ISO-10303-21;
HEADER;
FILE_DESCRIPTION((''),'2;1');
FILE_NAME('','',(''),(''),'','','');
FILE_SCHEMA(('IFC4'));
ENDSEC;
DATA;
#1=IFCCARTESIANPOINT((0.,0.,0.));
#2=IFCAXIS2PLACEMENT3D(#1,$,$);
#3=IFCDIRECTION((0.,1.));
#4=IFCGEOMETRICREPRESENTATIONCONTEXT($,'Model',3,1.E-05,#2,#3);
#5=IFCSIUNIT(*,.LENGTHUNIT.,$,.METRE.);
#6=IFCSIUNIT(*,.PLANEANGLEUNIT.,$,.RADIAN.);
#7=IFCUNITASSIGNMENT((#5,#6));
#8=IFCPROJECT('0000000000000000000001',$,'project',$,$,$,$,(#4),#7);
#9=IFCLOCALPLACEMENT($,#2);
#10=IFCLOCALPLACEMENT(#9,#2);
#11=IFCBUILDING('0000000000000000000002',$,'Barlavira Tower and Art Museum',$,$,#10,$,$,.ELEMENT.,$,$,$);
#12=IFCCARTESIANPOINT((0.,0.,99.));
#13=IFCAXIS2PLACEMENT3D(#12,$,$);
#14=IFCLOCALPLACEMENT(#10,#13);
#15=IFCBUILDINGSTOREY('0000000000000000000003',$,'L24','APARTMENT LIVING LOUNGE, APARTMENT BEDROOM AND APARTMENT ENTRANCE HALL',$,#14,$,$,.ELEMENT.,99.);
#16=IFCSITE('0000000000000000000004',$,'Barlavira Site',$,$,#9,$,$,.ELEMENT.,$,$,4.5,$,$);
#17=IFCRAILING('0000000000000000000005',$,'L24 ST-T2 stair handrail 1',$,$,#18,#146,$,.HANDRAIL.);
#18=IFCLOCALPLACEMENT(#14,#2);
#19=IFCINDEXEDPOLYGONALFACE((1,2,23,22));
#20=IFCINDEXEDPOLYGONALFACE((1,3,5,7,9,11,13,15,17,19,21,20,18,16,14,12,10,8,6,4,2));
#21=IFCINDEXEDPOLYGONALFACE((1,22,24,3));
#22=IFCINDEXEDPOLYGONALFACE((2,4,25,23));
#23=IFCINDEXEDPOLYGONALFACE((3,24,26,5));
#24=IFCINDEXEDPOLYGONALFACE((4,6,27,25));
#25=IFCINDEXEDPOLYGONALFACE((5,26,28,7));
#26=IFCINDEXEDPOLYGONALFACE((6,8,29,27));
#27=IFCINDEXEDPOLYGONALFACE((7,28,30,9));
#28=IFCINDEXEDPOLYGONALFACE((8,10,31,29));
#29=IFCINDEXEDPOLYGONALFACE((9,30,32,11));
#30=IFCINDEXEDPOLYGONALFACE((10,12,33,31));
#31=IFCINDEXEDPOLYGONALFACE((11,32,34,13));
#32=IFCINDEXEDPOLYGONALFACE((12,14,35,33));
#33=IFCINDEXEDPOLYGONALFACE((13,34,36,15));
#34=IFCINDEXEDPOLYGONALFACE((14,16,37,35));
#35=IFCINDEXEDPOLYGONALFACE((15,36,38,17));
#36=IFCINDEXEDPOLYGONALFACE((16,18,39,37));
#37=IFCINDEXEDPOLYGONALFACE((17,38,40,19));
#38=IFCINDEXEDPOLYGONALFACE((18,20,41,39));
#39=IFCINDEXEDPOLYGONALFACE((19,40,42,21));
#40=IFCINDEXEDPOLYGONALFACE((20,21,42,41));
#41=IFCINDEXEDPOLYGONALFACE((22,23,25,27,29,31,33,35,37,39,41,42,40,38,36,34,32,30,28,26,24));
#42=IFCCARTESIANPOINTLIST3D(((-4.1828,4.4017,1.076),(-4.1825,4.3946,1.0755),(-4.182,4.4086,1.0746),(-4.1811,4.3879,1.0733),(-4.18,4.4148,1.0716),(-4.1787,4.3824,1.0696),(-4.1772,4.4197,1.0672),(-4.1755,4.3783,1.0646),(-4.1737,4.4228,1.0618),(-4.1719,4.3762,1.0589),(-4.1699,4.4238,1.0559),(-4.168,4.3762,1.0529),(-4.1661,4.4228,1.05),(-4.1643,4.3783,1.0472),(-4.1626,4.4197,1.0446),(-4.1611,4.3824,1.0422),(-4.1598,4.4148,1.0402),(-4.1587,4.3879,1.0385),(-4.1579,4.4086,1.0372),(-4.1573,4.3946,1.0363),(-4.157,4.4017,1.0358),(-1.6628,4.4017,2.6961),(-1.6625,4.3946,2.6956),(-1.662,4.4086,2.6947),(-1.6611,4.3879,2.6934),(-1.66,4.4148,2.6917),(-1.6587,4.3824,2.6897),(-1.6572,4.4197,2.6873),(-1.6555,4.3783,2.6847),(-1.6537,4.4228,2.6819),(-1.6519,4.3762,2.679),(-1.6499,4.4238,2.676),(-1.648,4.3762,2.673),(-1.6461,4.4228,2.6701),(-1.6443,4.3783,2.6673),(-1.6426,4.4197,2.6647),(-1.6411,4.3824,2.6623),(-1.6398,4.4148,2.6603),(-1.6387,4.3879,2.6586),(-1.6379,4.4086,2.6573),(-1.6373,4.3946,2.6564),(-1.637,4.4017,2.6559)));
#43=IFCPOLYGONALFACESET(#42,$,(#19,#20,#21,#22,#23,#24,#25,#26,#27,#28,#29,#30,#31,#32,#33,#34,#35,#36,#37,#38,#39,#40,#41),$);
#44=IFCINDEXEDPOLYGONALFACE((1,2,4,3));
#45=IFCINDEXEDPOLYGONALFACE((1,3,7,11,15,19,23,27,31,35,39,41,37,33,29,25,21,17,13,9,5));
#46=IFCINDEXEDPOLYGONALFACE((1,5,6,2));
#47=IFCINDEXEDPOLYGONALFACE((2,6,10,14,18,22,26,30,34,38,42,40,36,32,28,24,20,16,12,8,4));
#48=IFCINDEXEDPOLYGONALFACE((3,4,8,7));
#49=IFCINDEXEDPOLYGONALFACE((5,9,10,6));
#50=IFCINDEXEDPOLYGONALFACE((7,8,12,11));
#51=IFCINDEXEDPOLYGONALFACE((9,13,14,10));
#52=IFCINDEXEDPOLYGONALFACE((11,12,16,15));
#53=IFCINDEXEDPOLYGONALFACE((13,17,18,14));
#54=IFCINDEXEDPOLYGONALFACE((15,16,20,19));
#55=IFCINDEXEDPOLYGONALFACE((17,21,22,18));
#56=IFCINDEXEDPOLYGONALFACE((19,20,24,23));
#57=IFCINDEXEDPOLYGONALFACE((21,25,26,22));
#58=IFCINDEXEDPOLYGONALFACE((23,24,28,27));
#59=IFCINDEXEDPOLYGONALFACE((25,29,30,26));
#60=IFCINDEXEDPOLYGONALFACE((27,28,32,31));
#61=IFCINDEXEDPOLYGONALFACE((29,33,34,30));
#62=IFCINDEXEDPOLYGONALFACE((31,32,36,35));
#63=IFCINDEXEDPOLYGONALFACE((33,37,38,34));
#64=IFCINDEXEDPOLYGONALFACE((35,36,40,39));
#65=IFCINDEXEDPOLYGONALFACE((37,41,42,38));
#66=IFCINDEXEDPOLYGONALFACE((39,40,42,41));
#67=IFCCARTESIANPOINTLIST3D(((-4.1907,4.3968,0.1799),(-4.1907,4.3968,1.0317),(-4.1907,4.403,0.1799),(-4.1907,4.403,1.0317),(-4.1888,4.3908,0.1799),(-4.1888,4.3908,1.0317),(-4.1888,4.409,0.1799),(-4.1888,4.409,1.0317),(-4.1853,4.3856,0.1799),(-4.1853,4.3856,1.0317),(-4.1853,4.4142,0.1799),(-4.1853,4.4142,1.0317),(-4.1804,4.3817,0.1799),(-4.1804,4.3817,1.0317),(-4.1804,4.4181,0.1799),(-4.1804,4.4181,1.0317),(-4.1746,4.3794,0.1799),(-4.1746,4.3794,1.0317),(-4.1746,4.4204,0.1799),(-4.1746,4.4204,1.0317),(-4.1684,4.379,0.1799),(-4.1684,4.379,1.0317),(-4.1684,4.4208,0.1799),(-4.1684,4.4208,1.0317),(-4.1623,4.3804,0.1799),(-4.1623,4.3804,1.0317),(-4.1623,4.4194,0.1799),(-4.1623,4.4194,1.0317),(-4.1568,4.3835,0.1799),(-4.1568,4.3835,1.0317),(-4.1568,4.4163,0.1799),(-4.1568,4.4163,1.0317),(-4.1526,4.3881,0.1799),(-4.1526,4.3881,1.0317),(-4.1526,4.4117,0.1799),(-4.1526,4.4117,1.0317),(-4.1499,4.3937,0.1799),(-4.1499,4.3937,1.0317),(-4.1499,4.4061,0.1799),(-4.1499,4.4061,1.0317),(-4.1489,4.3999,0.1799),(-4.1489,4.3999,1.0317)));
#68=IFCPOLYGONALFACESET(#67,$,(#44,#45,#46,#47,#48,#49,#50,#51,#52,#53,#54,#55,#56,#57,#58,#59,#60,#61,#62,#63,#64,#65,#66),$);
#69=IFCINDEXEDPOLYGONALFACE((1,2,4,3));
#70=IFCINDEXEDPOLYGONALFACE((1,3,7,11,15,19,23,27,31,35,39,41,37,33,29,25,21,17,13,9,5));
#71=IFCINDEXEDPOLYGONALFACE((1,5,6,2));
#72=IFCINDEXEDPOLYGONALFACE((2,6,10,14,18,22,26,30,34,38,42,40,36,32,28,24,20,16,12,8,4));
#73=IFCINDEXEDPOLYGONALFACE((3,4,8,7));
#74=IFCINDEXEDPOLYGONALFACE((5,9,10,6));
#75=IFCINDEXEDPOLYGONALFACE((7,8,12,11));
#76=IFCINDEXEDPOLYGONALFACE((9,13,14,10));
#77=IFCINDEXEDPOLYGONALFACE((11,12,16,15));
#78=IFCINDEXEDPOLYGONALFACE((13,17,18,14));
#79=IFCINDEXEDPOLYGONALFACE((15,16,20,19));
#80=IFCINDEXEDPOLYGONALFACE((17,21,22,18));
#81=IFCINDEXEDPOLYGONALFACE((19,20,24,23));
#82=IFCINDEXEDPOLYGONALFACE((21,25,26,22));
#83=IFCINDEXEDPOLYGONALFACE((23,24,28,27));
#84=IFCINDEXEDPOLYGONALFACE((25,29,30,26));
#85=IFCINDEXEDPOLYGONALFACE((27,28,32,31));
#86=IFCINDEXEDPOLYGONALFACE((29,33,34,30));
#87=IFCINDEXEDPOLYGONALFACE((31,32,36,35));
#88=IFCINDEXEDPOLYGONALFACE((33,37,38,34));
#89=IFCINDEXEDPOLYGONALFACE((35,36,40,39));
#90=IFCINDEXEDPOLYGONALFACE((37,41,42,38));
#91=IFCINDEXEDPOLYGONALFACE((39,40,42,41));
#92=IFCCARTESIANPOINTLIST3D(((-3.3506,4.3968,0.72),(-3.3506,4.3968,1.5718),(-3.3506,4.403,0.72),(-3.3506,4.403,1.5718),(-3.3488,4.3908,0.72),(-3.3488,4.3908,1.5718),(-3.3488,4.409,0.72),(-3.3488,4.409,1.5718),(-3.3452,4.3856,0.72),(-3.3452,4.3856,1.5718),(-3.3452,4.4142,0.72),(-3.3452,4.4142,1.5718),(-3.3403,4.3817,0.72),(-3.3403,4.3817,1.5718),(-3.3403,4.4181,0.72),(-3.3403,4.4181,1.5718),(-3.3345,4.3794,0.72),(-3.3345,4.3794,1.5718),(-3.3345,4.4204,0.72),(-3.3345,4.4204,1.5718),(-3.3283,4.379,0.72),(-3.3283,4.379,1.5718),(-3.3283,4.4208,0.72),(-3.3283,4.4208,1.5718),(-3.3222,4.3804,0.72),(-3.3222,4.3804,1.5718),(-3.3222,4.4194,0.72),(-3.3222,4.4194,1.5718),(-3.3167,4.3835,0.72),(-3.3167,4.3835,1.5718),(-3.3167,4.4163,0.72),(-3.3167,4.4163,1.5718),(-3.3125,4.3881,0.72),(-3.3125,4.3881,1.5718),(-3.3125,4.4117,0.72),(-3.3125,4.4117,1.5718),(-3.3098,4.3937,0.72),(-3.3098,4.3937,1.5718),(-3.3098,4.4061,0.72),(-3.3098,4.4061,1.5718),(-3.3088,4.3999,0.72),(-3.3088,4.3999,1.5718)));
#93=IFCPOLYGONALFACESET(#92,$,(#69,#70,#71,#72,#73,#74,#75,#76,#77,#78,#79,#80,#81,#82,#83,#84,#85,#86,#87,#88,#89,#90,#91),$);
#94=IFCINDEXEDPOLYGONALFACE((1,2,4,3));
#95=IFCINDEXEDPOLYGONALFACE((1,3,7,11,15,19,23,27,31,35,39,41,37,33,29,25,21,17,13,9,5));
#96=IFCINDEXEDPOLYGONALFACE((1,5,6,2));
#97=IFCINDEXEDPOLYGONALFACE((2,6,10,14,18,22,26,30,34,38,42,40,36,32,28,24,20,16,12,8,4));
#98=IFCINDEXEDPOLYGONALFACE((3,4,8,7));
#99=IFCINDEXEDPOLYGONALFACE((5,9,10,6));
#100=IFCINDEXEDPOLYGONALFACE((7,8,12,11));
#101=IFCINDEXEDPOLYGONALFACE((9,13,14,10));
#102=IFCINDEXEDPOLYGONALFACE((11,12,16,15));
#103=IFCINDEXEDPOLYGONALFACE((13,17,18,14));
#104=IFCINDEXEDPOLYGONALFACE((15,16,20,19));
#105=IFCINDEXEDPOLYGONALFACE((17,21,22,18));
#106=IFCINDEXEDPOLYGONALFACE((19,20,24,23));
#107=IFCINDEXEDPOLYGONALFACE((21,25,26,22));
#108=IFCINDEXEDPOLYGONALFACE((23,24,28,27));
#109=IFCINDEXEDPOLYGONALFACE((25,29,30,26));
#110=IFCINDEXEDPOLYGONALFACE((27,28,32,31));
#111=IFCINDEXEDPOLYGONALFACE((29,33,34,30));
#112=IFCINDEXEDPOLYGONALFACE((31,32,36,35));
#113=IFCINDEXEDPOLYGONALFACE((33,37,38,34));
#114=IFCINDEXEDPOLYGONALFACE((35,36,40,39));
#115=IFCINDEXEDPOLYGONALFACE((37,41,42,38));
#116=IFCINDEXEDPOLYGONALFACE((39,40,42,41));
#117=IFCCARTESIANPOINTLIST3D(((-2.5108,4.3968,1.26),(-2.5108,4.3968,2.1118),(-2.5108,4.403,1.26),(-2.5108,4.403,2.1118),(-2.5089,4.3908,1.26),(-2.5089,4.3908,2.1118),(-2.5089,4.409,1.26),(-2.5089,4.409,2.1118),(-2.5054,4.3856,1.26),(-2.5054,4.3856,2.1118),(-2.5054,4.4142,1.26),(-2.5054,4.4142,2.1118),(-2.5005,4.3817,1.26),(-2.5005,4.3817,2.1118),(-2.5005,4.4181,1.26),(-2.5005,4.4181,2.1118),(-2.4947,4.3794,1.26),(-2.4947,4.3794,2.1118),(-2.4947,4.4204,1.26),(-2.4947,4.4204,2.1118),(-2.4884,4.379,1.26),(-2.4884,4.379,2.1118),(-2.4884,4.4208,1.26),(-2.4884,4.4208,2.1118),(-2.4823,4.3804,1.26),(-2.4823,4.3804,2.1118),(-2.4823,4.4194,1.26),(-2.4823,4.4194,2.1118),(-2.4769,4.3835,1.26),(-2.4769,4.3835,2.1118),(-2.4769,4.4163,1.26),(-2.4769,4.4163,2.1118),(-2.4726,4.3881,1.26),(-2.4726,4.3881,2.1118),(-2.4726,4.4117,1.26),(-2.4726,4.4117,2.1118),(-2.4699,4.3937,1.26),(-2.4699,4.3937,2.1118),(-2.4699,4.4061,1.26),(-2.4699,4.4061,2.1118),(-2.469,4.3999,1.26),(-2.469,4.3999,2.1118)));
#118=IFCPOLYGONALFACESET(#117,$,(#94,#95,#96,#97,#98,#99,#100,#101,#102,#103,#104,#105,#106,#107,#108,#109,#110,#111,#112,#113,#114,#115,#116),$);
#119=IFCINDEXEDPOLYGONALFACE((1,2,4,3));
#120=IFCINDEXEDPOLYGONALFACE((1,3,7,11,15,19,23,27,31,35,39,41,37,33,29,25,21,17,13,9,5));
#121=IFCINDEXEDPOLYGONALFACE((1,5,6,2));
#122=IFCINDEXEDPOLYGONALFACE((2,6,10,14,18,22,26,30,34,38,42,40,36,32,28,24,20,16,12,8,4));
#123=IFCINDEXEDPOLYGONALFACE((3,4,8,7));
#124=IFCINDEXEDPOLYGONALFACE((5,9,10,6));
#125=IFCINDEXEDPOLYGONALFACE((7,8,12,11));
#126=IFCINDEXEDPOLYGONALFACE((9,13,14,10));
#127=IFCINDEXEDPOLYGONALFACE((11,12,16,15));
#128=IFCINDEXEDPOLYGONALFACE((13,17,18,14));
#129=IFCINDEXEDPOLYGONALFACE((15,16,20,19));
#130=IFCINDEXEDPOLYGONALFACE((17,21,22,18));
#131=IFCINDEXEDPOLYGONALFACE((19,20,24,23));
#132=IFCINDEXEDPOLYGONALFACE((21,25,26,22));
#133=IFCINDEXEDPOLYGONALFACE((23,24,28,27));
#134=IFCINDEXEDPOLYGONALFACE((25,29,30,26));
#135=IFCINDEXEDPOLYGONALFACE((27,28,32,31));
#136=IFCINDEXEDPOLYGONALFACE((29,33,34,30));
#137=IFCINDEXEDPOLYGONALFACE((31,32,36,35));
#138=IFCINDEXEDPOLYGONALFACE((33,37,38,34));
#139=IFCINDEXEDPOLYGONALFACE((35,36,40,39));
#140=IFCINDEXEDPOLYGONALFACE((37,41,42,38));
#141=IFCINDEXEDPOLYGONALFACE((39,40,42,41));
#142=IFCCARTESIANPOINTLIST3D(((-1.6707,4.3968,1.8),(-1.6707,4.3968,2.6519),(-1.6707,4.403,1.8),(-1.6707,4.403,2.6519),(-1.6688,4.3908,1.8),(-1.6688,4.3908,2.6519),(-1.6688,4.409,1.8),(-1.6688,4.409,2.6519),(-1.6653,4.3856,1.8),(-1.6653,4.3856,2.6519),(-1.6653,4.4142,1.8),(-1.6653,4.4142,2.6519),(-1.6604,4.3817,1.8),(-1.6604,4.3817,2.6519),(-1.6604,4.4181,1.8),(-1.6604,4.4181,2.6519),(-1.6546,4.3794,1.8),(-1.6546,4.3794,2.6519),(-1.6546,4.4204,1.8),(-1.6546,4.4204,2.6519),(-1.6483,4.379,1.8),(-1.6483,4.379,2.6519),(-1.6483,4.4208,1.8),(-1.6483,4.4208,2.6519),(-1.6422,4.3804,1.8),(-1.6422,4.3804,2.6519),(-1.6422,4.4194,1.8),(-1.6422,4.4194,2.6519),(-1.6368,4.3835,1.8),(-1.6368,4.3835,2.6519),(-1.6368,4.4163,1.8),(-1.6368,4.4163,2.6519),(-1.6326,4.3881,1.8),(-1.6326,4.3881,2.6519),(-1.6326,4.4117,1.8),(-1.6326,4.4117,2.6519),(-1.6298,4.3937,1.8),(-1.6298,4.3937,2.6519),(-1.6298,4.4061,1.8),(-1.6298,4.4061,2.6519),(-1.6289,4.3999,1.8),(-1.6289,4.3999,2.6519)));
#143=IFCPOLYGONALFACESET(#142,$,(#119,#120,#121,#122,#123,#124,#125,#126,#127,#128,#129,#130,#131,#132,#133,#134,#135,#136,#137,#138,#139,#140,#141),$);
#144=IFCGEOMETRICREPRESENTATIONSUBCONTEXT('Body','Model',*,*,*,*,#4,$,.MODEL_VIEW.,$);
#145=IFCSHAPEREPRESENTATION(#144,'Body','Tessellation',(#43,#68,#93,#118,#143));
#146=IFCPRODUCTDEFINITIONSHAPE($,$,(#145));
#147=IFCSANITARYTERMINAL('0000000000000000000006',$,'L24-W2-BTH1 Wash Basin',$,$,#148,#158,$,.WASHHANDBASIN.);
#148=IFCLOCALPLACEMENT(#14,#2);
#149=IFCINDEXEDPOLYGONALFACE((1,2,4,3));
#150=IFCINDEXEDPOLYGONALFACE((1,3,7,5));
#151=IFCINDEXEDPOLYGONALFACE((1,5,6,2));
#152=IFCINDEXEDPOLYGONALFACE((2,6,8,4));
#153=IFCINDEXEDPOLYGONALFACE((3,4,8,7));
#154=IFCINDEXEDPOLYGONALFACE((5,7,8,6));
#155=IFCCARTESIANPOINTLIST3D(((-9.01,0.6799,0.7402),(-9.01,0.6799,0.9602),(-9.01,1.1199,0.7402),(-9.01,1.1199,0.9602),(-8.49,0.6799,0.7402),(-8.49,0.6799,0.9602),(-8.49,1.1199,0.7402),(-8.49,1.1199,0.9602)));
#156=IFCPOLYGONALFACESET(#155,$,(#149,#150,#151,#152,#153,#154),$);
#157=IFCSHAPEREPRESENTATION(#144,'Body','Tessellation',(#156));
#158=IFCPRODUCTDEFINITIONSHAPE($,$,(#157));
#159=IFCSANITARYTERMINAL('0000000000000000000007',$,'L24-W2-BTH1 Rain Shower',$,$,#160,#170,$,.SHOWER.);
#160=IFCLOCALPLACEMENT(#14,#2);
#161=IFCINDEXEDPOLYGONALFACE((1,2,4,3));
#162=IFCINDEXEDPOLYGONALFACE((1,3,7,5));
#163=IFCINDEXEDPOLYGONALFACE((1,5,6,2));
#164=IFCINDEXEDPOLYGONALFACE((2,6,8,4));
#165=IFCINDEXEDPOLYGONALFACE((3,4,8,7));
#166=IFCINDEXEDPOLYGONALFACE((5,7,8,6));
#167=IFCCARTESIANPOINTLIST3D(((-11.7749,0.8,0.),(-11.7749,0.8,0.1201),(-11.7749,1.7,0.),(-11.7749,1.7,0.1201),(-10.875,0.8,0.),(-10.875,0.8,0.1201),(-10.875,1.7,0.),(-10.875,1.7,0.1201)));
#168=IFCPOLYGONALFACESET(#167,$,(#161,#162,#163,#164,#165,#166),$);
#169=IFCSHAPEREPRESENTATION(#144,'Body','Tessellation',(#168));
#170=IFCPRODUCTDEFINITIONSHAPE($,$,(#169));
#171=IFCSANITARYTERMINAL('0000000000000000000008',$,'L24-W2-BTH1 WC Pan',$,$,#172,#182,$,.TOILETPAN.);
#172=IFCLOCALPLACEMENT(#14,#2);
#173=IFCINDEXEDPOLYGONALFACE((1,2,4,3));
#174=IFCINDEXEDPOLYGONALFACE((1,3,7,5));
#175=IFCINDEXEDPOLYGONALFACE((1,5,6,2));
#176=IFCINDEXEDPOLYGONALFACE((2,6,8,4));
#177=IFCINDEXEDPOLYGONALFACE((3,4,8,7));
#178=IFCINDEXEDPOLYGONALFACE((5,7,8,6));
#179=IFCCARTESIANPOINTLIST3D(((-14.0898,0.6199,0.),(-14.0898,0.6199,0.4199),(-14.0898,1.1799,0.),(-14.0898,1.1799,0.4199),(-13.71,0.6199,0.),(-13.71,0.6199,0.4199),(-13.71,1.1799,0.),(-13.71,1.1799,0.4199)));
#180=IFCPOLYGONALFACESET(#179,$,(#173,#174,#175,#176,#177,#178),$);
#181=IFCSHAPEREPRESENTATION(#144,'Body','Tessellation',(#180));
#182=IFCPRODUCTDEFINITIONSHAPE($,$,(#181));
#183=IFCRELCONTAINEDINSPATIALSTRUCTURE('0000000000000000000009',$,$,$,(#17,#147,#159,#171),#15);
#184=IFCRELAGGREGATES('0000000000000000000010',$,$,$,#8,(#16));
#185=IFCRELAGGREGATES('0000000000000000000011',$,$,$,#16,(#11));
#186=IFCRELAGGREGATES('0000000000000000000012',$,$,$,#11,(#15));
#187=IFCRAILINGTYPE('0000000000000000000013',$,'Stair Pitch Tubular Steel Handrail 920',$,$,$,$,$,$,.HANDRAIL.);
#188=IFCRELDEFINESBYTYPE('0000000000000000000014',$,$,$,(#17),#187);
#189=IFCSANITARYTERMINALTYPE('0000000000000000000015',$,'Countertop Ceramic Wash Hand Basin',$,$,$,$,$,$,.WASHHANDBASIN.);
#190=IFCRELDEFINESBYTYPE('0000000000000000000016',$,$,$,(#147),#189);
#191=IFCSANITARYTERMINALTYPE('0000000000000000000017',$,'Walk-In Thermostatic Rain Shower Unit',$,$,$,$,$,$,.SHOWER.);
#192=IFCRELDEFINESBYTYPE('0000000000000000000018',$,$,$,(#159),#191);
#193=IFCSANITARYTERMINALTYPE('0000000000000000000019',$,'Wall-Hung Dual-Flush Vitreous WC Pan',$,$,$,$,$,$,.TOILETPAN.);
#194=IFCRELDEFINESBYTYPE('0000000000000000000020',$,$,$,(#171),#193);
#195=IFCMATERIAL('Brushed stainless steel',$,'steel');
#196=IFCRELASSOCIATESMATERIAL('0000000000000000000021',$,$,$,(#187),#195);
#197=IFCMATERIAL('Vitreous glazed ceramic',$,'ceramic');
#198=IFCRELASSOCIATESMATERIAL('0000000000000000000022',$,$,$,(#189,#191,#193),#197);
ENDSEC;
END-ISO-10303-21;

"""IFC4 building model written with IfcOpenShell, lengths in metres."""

from ifc_helpers import new_model, si_unit, direction, frame, origin, origin_2d, place, context, subcontext, project, spatial, rectangle, circle, extrude, material, type_object, element, save


model = new_model("IFC4")

# Units and contexts
model_context = context("Model", 3, precision=1e-05, world=origin(), true_north=direction((0.0, 1.0)))
body_context = subcontext(model_context, "Body", "Model", "MODEL_VIEW")
ifc_project = project(units=[si_unit("LENGTHUNIT", "METRE"), si_unit("PLANEANGLEUNIT", "RADIAN")], contexts=[model_context])

# Site, building, storey
site_placement = place(None, origin())
site = spatial("IfcSite", under=ifc_project, at=site_placement, Name="Barlavira Site", CompositionType="ELEMENT", RefElevation=4.5)
building_placement = place(site_placement, origin())
building = spatial("IfcBuilding", under=site, at=building_placement, Name="Barlavira Tower and Art Museum", CompositionType="ELEMENT")
storey_placement = place(building_placement, frame((0.0, 0.0, 99.0)))
storey = spatial("IfcBuildingStorey", under=building, at=storey_placement, Name="L24", Description="APARTMENT LIVING LOUNGE, APARTMENT BEDROOM AND APARTMENT ENTRANCE HALL", CompositionType="ELEMENT", Elevation=99.0)

# Shared definitions
ifc_material_1 = material(Name="Brushed stainless steel", Category="steel")

# Railing
railing_type_1 = type_object("IfcRailingType", Name="Stair Pitch Tubular Steel Handrail 920", PredefinedType="HANDRAIL", material=ifc_material_1)
railing_1_placement = place(storey_placement, frame((-4.1699, 4.3999, 0.1799)))
element("IfcRailing", 1, at=railing_1_placement, inside=storey, type_object=railing_type_1, Name="L24 ST-T2 stair handrail 1", PredefinedType="HANDRAIL", context=body_context, shape_type="SweptSolid", body=[
    extrude(circle(Radius=0.0239, at=origin_2d()), frame((0.0, 0.0, 0.876), z_axis=(0.841163, 0.0, 0.540782), x_axis=(0.0, 1.0, 0.0)), (0.0, 0.0, 1.0), 2.9958),
    extrude(circle(Radius=0.021, at=origin_2d()), origin(), (0.0, 0.0, 1.0), 0.8518),
    extrude(circle(Radius=0.021, at=origin_2d()), frame((0.8401, 0.0, 0.54)), (0.0, 0.0, 1.0), 0.8518),
    extrude(circle(Radius=0.021, at=origin_2d()), frame((1.6799, 0.0, 1.0801)), (0.0, 0.0, 1.0), 0.8518),
    extrude(circle(Radius=0.021, at=origin_2d()), frame((2.52, 0.0, 1.6201)), (0.0, 0.0, 1.0), 0.8518),
])

# Sanitary terminals
ifc_material_2 = material(Name="Vitreous glazed ceramic", Category="ceramic")
sanitary_terminal_type_1 = type_object("IfcSanitaryTerminalType", Name="Countertop Ceramic Wash Hand Basin", PredefinedType="WASHHANDBASIN", material=ifc_material_2)
sanitary_terminal_1_placement = place(storey_placement, frame((-8.75, 0.8999, 0.7402), z_axis=(0.0, 0.0, 1.0), x_axis=(1.0, 0.0, 0.0)))
element("IfcSanitaryTerminal", 2, at=sanitary_terminal_1_placement, inside=storey, type_object=sanitary_terminal_type_1, Name="L24-W2-BTH1 Wash Basin", PredefinedType="WASHHANDBASIN", context=body_context, shape_type="SweptSolid", body=[
    extrude(rectangle(XDim=0.52, YDim=0.4399, at=origin_2d()), origin(), (0.0, 0.0, 1.0), 0.22),
])
sanitary_terminal_type_2 = type_object("IfcSanitaryTerminalType", Name="Walk-In Thermostatic Rain Shower Unit", PredefinedType="SHOWER", material=ifc_material_2)
sanitary_terminal_2_placement = place(storey_placement, frame((-11.325, 1.25, 0.0), z_axis=(0.0, 0.0, 1.0), x_axis=(1.0, 0.0, 0.0)))
element("IfcSanitaryTerminal", 3, at=sanitary_terminal_2_placement, inside=storey, type_object=sanitary_terminal_type_2, Name="L24-W2-BTH1 Rain Shower", PredefinedType="SHOWER", context=body_context, shape_type="SweptSolid", body=[
    extrude(rectangle(XDim=0.8999, YDim=0.8999, at=origin_2d()), origin(), (0.0, 0.0, 1.0), 0.1201),
])
sanitary_terminal_type_3 = type_object("IfcSanitaryTerminalType", Name="Wall-Hung Dual-Flush Vitreous WC Pan", PredefinedType="TOILETPAN", material=ifc_material_2)
sanitary_terminal_3_placement = place(storey_placement, frame((-13.8999, 0.8999, 0.0), z_axis=(0.0, 0.0, 1.0), x_axis=(1.0, 0.0, 0.0)))
element("IfcSanitaryTerminal", 4, at=sanitary_terminal_3_placement, inside=storey, type_object=sanitary_terminal_type_3, Name="L24-W2-BTH1 WC Pan", PredefinedType="TOILETPAN", context=body_context, shape_type="SweptSolid", body=[
    extrude(rectangle(XDim=0.3799, YDim=0.5601, at=origin_2d()), origin(), (0.0, 0.0, 1.0), 0.4199),
])

save(model, "model.ifc")
